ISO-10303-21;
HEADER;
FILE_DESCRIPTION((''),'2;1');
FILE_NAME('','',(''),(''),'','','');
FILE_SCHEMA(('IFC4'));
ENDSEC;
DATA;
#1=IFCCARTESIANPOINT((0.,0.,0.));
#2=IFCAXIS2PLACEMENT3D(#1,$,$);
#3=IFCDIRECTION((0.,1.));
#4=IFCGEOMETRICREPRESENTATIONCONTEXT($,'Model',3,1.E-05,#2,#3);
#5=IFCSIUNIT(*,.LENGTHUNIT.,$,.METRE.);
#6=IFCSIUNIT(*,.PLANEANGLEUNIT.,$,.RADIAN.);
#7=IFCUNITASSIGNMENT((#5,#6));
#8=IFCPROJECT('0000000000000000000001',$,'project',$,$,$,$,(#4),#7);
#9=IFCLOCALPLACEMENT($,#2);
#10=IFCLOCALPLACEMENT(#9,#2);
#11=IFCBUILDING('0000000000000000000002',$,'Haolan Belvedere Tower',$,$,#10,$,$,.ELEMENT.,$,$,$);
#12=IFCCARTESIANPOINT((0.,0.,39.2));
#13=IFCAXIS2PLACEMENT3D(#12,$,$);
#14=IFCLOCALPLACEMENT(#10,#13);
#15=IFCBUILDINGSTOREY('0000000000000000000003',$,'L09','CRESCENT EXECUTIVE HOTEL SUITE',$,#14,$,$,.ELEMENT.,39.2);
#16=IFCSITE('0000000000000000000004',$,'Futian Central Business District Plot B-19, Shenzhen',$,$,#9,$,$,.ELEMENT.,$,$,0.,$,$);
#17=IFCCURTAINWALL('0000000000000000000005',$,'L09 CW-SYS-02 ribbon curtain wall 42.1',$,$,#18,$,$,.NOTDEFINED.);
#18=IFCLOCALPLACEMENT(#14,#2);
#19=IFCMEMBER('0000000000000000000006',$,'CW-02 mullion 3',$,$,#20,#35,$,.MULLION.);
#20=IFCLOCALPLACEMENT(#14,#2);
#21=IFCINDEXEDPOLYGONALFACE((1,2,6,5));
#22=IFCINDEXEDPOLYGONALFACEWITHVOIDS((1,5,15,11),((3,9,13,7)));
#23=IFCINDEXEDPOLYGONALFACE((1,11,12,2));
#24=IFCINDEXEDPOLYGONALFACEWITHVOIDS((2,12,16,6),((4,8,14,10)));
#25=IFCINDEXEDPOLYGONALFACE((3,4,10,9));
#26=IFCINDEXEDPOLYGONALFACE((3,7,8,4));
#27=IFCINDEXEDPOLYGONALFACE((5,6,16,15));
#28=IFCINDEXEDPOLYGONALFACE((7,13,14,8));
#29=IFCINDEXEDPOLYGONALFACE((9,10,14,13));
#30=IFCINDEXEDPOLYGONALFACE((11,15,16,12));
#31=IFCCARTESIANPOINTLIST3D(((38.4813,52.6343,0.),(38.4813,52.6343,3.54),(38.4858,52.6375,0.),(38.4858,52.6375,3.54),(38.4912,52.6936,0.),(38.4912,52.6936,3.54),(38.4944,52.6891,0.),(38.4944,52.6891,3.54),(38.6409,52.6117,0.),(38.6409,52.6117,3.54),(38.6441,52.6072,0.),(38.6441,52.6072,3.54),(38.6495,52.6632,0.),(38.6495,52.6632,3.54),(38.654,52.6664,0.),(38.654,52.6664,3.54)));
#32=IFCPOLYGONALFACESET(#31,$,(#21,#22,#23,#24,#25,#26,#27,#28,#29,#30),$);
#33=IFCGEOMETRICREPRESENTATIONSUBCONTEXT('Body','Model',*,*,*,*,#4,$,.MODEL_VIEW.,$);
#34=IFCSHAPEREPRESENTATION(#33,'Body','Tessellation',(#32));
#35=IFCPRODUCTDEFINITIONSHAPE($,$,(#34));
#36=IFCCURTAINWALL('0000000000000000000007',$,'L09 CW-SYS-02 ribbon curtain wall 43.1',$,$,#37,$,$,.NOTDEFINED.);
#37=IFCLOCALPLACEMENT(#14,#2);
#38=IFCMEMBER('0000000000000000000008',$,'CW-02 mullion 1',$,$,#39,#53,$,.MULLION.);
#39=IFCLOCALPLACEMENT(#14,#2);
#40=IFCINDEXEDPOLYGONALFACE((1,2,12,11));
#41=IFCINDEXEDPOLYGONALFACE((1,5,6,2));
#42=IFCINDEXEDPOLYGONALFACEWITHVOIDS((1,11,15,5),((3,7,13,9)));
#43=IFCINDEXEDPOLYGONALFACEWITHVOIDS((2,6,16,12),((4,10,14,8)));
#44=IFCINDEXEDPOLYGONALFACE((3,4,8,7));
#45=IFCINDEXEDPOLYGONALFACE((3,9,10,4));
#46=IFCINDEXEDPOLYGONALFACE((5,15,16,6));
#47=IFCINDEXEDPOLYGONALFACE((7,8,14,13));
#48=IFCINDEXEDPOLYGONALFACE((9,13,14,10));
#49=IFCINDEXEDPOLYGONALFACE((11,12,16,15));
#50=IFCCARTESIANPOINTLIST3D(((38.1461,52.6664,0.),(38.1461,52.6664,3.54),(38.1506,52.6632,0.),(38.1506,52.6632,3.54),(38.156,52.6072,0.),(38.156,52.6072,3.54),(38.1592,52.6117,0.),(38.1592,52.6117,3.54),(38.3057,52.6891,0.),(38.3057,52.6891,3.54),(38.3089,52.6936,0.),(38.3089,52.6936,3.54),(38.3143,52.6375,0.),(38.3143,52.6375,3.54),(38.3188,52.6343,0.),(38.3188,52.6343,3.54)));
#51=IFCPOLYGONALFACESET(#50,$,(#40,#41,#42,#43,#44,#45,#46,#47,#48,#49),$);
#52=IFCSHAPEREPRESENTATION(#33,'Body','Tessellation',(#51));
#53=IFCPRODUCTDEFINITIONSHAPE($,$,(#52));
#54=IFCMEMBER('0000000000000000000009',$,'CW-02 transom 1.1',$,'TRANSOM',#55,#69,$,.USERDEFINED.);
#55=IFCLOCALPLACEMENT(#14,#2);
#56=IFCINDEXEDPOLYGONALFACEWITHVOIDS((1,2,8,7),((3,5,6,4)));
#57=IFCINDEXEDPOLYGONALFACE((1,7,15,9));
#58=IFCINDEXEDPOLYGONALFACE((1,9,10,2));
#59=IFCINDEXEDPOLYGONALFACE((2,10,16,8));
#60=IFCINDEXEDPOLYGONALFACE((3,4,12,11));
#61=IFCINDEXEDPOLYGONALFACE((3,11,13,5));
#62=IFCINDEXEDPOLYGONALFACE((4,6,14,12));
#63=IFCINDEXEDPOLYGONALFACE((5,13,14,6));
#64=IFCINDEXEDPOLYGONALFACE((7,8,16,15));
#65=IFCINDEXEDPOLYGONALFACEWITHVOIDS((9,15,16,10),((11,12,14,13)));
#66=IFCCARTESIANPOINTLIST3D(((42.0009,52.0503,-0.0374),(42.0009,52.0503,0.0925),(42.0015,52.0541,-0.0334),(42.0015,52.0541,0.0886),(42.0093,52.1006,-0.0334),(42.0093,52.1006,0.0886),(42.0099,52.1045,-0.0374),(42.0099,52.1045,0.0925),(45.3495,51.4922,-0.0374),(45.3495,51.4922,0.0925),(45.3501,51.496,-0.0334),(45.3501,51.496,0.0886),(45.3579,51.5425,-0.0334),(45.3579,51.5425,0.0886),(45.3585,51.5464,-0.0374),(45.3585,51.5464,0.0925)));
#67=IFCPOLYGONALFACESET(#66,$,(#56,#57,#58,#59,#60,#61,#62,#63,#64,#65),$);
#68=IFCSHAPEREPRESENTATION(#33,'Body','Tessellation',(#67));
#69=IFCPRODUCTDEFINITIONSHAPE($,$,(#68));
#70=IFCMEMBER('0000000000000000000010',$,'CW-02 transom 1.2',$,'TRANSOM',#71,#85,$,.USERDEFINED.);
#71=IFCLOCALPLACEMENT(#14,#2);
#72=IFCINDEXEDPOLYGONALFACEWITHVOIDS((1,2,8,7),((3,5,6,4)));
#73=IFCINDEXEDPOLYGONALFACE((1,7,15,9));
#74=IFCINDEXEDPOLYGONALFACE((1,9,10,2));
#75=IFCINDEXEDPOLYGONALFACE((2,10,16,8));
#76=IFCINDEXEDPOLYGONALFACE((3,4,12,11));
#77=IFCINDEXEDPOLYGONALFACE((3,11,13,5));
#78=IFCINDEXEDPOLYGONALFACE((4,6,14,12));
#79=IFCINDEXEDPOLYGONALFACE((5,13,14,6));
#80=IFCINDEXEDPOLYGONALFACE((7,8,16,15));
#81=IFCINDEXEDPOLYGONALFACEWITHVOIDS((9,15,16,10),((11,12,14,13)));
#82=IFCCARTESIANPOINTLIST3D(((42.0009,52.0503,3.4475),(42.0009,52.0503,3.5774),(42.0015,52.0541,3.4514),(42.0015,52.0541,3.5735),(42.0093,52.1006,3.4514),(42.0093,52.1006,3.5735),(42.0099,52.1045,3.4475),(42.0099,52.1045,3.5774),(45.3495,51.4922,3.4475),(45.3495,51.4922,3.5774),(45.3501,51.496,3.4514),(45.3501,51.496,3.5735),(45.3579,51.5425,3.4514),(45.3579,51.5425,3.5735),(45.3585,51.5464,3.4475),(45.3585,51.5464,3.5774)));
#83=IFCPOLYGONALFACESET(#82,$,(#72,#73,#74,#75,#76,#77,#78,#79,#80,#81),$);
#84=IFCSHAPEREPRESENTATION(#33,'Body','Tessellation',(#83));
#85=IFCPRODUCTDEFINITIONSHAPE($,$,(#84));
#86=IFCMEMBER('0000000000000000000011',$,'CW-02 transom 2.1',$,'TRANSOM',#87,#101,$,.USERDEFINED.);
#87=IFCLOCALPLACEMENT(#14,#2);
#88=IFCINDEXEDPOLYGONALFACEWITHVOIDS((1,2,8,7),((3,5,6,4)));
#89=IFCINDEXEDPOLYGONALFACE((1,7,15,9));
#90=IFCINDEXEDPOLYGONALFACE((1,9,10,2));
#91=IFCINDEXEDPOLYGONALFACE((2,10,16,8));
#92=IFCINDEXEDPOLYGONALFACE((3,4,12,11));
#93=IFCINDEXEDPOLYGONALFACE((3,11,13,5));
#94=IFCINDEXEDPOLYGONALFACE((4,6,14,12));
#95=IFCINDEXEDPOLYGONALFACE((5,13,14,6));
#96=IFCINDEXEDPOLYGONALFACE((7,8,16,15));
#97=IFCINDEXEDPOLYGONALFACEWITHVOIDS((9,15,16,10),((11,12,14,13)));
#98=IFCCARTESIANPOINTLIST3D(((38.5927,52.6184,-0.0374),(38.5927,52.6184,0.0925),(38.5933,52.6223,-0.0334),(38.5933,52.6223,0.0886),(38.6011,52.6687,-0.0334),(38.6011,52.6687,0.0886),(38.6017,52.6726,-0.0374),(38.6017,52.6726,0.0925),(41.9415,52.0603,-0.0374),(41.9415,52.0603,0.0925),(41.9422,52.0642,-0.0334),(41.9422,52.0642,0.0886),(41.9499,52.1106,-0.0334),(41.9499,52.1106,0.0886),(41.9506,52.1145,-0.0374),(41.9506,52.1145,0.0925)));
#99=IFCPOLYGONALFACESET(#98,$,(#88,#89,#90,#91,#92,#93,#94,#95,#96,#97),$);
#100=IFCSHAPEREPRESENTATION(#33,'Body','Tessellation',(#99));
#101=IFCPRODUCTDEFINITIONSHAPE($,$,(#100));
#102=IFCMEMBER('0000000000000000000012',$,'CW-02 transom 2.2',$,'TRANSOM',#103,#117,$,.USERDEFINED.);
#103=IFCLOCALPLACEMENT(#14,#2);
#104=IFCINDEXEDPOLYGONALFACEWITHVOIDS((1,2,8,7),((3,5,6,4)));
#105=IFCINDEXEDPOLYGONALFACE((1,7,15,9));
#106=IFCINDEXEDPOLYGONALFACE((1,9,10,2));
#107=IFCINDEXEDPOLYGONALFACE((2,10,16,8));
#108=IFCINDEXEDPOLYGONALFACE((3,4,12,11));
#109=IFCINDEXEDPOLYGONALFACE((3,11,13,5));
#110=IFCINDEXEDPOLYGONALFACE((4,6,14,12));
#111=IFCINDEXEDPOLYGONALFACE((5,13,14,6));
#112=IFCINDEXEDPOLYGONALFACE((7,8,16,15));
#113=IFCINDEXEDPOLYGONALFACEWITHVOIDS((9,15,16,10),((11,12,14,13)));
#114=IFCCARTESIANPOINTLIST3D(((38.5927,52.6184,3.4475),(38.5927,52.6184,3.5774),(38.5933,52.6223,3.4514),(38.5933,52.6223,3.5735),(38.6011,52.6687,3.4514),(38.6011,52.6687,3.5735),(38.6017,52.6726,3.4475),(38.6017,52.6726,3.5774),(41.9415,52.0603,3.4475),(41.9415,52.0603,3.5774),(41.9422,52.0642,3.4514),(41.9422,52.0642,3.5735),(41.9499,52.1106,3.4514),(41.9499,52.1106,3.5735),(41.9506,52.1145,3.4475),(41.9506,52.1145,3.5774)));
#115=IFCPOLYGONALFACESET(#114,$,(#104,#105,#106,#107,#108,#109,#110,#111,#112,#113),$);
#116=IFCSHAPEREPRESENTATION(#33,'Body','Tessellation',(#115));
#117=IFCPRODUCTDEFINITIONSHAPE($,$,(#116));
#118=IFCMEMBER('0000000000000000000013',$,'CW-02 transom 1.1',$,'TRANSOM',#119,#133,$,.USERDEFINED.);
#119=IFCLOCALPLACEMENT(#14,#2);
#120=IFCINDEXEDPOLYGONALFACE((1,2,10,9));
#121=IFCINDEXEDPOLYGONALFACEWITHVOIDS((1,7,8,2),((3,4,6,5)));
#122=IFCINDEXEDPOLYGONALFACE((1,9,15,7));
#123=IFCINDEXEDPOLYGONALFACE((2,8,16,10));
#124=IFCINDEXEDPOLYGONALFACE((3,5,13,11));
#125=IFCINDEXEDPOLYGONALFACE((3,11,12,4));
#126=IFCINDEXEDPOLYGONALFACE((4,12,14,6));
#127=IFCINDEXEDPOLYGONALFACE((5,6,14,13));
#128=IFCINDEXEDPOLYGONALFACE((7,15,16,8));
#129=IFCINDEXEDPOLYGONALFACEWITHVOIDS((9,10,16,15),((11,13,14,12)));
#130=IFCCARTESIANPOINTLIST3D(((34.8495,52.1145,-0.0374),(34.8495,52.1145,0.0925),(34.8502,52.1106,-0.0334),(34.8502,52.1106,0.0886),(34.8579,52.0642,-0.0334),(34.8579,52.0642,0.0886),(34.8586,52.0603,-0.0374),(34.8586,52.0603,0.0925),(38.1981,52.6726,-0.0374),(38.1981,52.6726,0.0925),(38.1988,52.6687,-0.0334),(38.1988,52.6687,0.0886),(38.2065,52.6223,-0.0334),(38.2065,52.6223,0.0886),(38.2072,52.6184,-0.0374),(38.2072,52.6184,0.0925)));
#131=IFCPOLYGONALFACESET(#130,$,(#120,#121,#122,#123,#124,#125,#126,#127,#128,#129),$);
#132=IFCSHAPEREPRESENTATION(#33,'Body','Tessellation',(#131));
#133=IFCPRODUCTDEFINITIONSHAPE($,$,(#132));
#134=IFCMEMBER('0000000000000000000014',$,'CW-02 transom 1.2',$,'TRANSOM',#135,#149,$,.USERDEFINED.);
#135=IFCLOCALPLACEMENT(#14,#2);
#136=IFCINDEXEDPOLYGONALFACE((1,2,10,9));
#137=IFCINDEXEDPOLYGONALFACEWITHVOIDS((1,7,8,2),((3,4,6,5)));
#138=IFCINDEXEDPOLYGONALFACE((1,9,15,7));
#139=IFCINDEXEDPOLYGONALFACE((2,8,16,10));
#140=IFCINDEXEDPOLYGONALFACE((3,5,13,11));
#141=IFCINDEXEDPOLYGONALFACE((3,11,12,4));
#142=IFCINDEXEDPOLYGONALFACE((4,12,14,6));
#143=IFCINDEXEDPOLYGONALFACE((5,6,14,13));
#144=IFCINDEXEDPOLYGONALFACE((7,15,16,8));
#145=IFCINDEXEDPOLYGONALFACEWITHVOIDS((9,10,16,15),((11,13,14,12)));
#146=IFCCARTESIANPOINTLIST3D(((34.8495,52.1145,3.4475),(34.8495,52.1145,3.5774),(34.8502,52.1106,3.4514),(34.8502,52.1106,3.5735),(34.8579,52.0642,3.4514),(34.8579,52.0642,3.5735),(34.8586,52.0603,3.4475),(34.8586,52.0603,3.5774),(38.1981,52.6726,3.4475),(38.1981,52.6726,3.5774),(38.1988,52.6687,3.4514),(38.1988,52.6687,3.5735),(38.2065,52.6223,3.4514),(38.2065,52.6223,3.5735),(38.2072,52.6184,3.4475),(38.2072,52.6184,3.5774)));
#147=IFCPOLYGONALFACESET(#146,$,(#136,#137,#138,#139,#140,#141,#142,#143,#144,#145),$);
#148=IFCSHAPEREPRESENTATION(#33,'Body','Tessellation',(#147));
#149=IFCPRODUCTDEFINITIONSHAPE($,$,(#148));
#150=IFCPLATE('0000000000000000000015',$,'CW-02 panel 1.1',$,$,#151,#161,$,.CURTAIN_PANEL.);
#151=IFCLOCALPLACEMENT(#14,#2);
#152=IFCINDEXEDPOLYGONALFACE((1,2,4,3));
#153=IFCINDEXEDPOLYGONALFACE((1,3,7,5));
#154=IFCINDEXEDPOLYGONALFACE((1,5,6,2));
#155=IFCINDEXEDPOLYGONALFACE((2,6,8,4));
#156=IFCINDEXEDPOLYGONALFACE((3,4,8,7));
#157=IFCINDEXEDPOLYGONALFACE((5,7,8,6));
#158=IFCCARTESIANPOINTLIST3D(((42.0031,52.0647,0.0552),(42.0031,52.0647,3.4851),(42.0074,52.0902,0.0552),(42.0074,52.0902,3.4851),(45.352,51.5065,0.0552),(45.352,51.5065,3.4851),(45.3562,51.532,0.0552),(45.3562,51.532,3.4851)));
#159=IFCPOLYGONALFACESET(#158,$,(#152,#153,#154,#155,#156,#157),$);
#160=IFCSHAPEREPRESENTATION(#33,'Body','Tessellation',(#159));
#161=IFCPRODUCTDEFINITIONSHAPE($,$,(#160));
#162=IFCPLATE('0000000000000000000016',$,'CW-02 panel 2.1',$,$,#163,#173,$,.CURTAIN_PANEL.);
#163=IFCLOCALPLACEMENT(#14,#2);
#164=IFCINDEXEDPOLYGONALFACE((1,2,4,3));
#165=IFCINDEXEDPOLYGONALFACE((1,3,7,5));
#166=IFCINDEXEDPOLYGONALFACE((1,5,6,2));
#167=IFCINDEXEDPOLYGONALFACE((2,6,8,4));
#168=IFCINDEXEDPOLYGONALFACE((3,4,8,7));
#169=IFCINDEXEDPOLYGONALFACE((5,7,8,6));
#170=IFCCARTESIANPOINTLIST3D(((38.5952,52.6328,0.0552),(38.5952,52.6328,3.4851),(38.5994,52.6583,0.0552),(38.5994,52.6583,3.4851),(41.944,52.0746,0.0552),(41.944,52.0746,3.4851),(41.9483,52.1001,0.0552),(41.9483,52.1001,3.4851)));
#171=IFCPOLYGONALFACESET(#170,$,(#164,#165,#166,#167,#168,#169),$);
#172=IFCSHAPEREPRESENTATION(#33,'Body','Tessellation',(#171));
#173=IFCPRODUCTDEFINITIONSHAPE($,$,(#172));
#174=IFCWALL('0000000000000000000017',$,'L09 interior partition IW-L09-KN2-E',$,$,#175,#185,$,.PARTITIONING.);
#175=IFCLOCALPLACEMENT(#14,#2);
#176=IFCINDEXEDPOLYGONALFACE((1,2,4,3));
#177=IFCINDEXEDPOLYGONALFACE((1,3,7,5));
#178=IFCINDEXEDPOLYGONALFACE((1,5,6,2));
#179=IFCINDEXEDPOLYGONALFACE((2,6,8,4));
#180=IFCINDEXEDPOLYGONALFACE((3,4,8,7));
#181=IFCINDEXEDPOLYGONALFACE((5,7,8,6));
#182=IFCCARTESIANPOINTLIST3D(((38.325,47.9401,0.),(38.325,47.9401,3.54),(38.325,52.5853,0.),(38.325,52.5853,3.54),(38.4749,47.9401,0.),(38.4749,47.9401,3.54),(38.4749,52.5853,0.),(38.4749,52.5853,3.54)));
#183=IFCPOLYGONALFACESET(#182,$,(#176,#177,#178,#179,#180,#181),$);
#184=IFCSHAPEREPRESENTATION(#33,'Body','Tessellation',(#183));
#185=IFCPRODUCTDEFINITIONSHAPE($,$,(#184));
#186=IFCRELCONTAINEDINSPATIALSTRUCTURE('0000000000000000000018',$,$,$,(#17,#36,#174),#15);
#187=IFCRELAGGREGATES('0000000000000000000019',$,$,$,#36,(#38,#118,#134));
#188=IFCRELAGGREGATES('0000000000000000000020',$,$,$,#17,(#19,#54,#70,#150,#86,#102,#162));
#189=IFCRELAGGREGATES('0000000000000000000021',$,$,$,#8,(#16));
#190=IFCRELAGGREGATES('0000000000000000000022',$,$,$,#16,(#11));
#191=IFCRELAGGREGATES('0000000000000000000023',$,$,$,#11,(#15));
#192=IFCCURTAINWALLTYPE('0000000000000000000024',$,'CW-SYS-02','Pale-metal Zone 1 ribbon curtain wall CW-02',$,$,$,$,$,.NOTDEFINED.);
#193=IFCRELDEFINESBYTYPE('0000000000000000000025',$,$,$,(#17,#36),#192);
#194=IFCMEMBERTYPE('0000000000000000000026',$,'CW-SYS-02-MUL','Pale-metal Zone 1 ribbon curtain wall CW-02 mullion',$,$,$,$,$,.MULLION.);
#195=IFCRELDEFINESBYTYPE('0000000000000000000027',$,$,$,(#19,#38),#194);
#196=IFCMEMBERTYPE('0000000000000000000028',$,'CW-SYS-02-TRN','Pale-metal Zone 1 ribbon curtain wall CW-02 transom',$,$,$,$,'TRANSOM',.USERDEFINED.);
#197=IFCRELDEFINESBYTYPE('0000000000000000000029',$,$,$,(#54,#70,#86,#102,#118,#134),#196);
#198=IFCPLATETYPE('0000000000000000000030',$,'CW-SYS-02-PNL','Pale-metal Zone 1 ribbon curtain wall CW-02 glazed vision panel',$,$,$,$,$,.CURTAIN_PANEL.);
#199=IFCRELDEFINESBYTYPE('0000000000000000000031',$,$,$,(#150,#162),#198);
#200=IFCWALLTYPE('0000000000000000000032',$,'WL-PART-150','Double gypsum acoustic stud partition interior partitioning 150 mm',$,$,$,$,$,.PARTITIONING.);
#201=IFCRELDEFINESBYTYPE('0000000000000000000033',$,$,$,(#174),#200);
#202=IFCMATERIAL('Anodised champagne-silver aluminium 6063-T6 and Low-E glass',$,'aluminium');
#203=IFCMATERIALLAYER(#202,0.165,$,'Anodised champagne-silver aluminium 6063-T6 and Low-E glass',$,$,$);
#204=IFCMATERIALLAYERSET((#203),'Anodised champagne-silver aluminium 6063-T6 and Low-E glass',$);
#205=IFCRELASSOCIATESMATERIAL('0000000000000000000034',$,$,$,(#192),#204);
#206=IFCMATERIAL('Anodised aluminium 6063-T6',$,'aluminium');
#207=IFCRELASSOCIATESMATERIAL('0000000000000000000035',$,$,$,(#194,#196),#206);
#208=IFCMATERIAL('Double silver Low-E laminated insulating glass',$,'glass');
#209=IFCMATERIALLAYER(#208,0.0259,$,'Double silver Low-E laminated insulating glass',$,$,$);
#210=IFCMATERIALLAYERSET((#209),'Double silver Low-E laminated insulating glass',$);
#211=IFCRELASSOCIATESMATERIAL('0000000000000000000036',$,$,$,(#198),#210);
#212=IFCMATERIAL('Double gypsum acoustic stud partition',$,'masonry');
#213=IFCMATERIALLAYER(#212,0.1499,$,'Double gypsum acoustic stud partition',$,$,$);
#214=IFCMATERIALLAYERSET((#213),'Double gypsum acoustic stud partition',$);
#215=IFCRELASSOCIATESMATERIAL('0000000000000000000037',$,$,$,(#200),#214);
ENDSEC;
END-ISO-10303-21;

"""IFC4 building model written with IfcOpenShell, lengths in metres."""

from ifc_helpers import new_model, si_unit, direction, frame, frame_2d, origin, origin_2d, place, context, subcontext, project, spatial, rectangle, hollow_rectangle, extrude, material, layer, layer_set, material_profile, profile_set, type_object, element, aggregate, save


model = new_model("IFC4")

# Units and contexts
model_context = context("Model", 3, precision=1e-05, world=origin(), true_north=direction((0.0, 1.0)))
body_context = subcontext(model_context, "Body", "Model", "MODEL_VIEW")
ifc_project = project(units=[si_unit("LENGTHUNIT", "METRE"), si_unit("PLANEANGLEUNIT", "RADIAN")], contexts=[model_context])

# Site, building, storey
site_placement = place(None, origin())
site = spatial("IfcSite", under=ifc_project, at=site_placement, Name="Futian Central Business District Plot B-19, Shenzhen", CompositionType="ELEMENT", RefElevation=0.0)
building_placement = place(site_placement, origin())
building = spatial("IfcBuilding", under=site, at=building_placement, Name="Haolan Belvedere Tower", CompositionType="ELEMENT")
storey_placement = place(building_placement, frame((0.0, 0.0, 39.2)))
storey = spatial("IfcBuildingStorey", under=building, at=storey_placement, Name="L09", Description="CRESCENT EXECUTIVE HOTEL SUITE", CompositionType="ELEMENT", Elevation=39.2)

# Curtain wall, member
ifc_material_1 = material(Name="Anodised champagne-silver aluminium 6063-T6 and Low-E glass", Category="aluminium")
ifc_layer_1 = layer(ifc_material_1, 0.165, Name="Anodised champagne-silver aluminium 6063-T6 and Low-E glass")
ifc_layer_set_1 = layer_set([ifc_layer_1], Name="Anodised champagne-silver aluminium 6063-T6 and Low-E glass")
curtain_wall_type = type_object("IfcCurtainWallType", Name="CW-SYS-02", Description="Pale-metal Zone 1 ribbon curtain wall CW-02", PredefinedType="NOTDEFINED", material=ifc_layer_set_1)
curtain_wall_1_placement = place(storey_placement, origin())
curtain_wall_1 = element("IfcCurtainWall", 1, at=curtain_wall_1_placement, inside=storey, type_object=curtain_wall_type, Name="L09 CW-SYS-02 ribbon curtain wall 42.1", PredefinedType="NOTDEFINED")
ifc_material_2 = material(Name="Anodised aluminium 6063-T6", Category="aluminium")
ifc_material_profile_1 = material_profile(ifc_material_2, hollow_rectangle(XDim=0.0601, YDim=0.165, WallThickness=0.0039, at=origin_2d()), Name="Anodised aluminium 6063-T6")
ifc_profile_set_1 = profile_set([ifc_material_profile_1], Name="Anodised aluminium 6063-T6")
member_type_1 = type_object("IfcMemberType", Name="CW-SYS-02-MUL", Description="Pale-metal Zone 1 ribbon curtain wall CW-02 mullion", PredefinedType="MULLION", material=ifc_profile_set_1)
member_1_placement = place(storey_placement, frame((38.5676, 52.6504, 0.0), z_axis=(0.0, 0.0, 1.0), x_axis=(-0.164404, -0.986393, 0.0)))
member_1 = element("IfcMember", 2, at=member_1_placement, type_object=member_type_1, Name="CW-02 mullion 3", PredefinedType="MULLION", context=body_context, shape_type="SweptSolid", body=[
    extrude(hollow_rectangle(XDim=0.0601, YDim=0.165, WallThickness=0.0039, at=origin_2d()), origin(), (0.0, 0.0, 1.0), 3.54),
])

# Curtain wall, member
curtain_wall_2_placement = place(storey_placement, origin())
curtain_wall_2 = element("IfcCurtainWall", 3, at=curtain_wall_2_placement, inside=storey, type_object=curtain_wall_type, Name="L09 CW-SYS-02 ribbon curtain wall 43.1", PredefinedType="NOTDEFINED")
member_2_placement = place(storey_placement, frame((38.2324, 52.6504, 0.0), z_axis=(0.0, 0.0, 1.0), x_axis=(0.164404, -0.986393, 0.0)))
member_2 = element("IfcMember", 4, at=member_2_placement, type_object=member_type_1, Name="CW-02 mullion 1", PredefinedType="MULLION", context=body_context, shape_type="SweptSolid", body=[
    extrude(hollow_rectangle(XDim=0.0601, YDim=0.165, WallThickness=0.0039, at=origin_2d()), origin(), (0.0, 0.0, 1.0), 3.54),
])

# Members
ifc_material_profile_2 = material_profile(ifc_material_2, hollow_rectangle(XDim=0.0549, YDim=0.1299, WallThickness=0.0039, at=origin_2d()), Name="Anodised aluminium 6063-T6")
ifc_profile_set_2 = profile_set([ifc_material_profile_2], Name="Anodised aluminium 6063-T6")
member_type_2 = type_object("IfcMemberType", Name="CW-SYS-02-TRN", Description="Pale-metal Zone 1 ribbon curtain wall CW-02 transom", ElementType="TRANSOM", PredefinedType="USERDEFINED", material=ifc_profile_set_2)
member_3_placement = place(storey_placement, frame((45.354, 51.5193, 0.0276), z_axis=(-0.986394, 0.164399, 0.0), x_axis=(-0.164399, -0.986394, 0.0)))
member_3 = element("IfcMember", 5, at=member_3_placement, type_object=member_type_2, Name="CW-02 transom 1.1", ObjectType="TRANSOM", PredefinedType="USERDEFINED", context=body_context, shape_type="SweptSolid", body=[
    extrude(hollow_rectangle(XDim=0.0549, YDim=0.1299, WallThickness=0.0039, at=origin_2d()), origin(), (0.0, 0.0, 1.0), 3.3948),
])
member_4_placement = place(storey_placement, frame((45.354, 51.5193, 3.5125), z_axis=(-0.986394, 0.164399, 0.0), x_axis=(-0.164399, -0.986394, 0.0)))
member_4 = element("IfcMember", 6, at=member_4_placement, type_object=member_type_2, Name="CW-02 transom 1.2", ObjectType="TRANSOM", PredefinedType="USERDEFINED", context=body_context, shape_type="SweptSolid", body=[
    extrude(hollow_rectangle(XDim=0.0549, YDim=0.1299, WallThickness=0.0039, at=origin_2d()), origin(), (0.0, 0.0, 1.0), 3.3948),
])
member_5_placement = place(storey_placement, frame((41.946, 52.0874, 0.0276), z_axis=(-0.986396, 0.164387, 0.0), x_axis=(-0.164387, -0.986396, 0.0)))
member_5 = element("IfcMember", 7, at=member_5_placement, type_object=member_type_2, Name="CW-02 transom 2.1", ObjectType="TRANSOM", PredefinedType="USERDEFINED", context=body_context, shape_type="SweptSolid", body=[
    extrude(hollow_rectangle(XDim=0.0549, YDim=0.1299, WallThickness=0.0039, at=origin_2d()), origin(), (0.0, 0.0, 1.0), 3.395),
])
member_6_placement = place(storey_placement, frame((41.946, 52.0874, 3.5125), z_axis=(-0.986396, 0.164387, 0.0), x_axis=(-0.164387, -0.986396, 0.0)))
member_6 = element("IfcMember", 8, at=member_6_placement, type_object=member_type_2, Name="CW-02 transom 2.2", ObjectType="TRANSOM", PredefinedType="USERDEFINED", context=body_context, shape_type="SweptSolid", body=[
    extrude(hollow_rectangle(XDim=0.0549, YDim=0.1299, WallThickness=0.0039, at=origin_2d()), origin(), (0.0, 0.0, 1.0), 3.395),
])
member_7_placement = place(storey_placement, frame((38.2026, 52.6455, 0.0276), z_axis=(-0.986394, -0.164399, 0.0), x_axis=(0.164399, -0.986394, 0.0)))
member_7 = element("IfcMember", 9, at=member_7_placement, type_object=member_type_2, Name="CW-02 transom 1.1", ObjectType="TRANSOM", PredefinedType="USERDEFINED", context=body_context, shape_type="SweptSolid", body=[
    extrude(hollow_rectangle(XDim=0.0549, YDim=0.1299, WallThickness=0.0039, at=origin_2d()), origin(), (0.0, 0.0, 1.0), 3.3948),
])
member_8_placement = place(storey_placement, frame((38.2026, 52.6455, 3.5125), z_axis=(-0.986394, -0.164399, 0.0), x_axis=(0.164399, -0.986394, 0.0)))
member_8 = element("IfcMember", 10, at=member_8_placement, type_object=member_type_2, Name="CW-02 transom 1.2", ObjectType="TRANSOM", PredefinedType="USERDEFINED", context=body_context, shape_type="SweptSolid", body=[
    extrude(hollow_rectangle(XDim=0.0549, YDim=0.1299, WallThickness=0.0039, at=origin_2d()), origin(), (0.0, 0.0, 1.0), 3.3948),
])
aggregate(curtain_wall_2, [member_2, member_7, member_8])

# Plates
ifc_material_3 = material(Name="Double silver Low-E laminated insulating glass", Category="glass")
ifc_layer_2 = layer(ifc_material_3, 0.0259, Name="Double silver Low-E laminated insulating glass")
ifc_layer_set_2 = layer_set([ifc_layer_2], Name="Double silver Low-E laminated insulating glass")
plate_type = type_object("IfcPlateType", Name="CW-SYS-02-PNL", Description="Pale-metal Zone 1 ribbon curtain wall CW-02 glazed vision panel", PredefinedType="CURTAIN_PANEL", material=ifc_layer_set_2)
plate_1_placement = place(storey_placement, frame((43.6797, 51.7983, 0.0552), z_axis=(0.0, 0.0, 1.0), x_axis=(-0.986393, 0.164404, 0.0)))
plate_1 = element("IfcPlate", 11, at=plate_1_placement, type_object=plate_type, Name="CW-02 panel 1.1", PredefinedType="CURTAIN_PANEL", context=body_context, shape_type="SweptSolid", body=[
    extrude(rectangle(XDim=3.395, YDim=0.0259, at=origin_2d()), origin(), (0.0, 0.0, 1.0), 3.4299),
])
plate_2_placement = place(storey_placement, frame((40.2717, 52.3665, 0.0552), z_axis=(0.0, 0.0, 1.0), x_axis=(-0.986393, 0.164404, 0.0)))
plate_2 = element("IfcPlate", 12, at=plate_2_placement, type_object=plate_type, Name="CW-02 panel 2.1", PredefinedType="CURTAIN_PANEL", context=body_context, shape_type="SweptSolid", body=[
    extrude(rectangle(XDim=3.395, YDim=0.0259, at=origin_2d()), origin(), (0.0, 0.0, 1.0), 3.4299),
])
aggregate(curtain_wall_1, [member_1, member_3, member_4, plate_1, member_5, member_6, plate_2])

# Wall
ifc_material_4 = material(Name="Double gypsum acoustic stud partition", Category="masonry")
ifc_layer_3 = layer(ifc_material_4, 0.1499, Name="Double gypsum acoustic stud partition")
ifc_layer_set_3 = layer_set([ifc_layer_3], Name="Double gypsum acoustic stud partition")
wall_type_1 = type_object("IfcWallType", Name="WL-PART-150", Description="Double gypsum acoustic stud partition interior partitioning 150 mm", PredefinedType="PARTITIONING", material=ifc_layer_set_3)
wall_1_placement = place(storey_placement, frame((38.3999, 47.9399, 0.0), z_axis=(0.0, 0.0, 1.0), x_axis=(0.0, 1.0, 0.0)))
element("IfcWall", 13, at=wall_1_placement, inside=storey, type_object=wall_type_1, Name="L09 interior partition IW-L09-KN2-E", PredefinedType="PARTITIONING", context=body_context, shape_type="SweptSolid", body=[
    extrude(rectangle(XDim=4.6453, YDim=0.1499, at=frame_2d((2.3228, 0.0))), origin(), (0.0, 0.0, 1.0), 3.54),
])

save(model, "model.ifc")
